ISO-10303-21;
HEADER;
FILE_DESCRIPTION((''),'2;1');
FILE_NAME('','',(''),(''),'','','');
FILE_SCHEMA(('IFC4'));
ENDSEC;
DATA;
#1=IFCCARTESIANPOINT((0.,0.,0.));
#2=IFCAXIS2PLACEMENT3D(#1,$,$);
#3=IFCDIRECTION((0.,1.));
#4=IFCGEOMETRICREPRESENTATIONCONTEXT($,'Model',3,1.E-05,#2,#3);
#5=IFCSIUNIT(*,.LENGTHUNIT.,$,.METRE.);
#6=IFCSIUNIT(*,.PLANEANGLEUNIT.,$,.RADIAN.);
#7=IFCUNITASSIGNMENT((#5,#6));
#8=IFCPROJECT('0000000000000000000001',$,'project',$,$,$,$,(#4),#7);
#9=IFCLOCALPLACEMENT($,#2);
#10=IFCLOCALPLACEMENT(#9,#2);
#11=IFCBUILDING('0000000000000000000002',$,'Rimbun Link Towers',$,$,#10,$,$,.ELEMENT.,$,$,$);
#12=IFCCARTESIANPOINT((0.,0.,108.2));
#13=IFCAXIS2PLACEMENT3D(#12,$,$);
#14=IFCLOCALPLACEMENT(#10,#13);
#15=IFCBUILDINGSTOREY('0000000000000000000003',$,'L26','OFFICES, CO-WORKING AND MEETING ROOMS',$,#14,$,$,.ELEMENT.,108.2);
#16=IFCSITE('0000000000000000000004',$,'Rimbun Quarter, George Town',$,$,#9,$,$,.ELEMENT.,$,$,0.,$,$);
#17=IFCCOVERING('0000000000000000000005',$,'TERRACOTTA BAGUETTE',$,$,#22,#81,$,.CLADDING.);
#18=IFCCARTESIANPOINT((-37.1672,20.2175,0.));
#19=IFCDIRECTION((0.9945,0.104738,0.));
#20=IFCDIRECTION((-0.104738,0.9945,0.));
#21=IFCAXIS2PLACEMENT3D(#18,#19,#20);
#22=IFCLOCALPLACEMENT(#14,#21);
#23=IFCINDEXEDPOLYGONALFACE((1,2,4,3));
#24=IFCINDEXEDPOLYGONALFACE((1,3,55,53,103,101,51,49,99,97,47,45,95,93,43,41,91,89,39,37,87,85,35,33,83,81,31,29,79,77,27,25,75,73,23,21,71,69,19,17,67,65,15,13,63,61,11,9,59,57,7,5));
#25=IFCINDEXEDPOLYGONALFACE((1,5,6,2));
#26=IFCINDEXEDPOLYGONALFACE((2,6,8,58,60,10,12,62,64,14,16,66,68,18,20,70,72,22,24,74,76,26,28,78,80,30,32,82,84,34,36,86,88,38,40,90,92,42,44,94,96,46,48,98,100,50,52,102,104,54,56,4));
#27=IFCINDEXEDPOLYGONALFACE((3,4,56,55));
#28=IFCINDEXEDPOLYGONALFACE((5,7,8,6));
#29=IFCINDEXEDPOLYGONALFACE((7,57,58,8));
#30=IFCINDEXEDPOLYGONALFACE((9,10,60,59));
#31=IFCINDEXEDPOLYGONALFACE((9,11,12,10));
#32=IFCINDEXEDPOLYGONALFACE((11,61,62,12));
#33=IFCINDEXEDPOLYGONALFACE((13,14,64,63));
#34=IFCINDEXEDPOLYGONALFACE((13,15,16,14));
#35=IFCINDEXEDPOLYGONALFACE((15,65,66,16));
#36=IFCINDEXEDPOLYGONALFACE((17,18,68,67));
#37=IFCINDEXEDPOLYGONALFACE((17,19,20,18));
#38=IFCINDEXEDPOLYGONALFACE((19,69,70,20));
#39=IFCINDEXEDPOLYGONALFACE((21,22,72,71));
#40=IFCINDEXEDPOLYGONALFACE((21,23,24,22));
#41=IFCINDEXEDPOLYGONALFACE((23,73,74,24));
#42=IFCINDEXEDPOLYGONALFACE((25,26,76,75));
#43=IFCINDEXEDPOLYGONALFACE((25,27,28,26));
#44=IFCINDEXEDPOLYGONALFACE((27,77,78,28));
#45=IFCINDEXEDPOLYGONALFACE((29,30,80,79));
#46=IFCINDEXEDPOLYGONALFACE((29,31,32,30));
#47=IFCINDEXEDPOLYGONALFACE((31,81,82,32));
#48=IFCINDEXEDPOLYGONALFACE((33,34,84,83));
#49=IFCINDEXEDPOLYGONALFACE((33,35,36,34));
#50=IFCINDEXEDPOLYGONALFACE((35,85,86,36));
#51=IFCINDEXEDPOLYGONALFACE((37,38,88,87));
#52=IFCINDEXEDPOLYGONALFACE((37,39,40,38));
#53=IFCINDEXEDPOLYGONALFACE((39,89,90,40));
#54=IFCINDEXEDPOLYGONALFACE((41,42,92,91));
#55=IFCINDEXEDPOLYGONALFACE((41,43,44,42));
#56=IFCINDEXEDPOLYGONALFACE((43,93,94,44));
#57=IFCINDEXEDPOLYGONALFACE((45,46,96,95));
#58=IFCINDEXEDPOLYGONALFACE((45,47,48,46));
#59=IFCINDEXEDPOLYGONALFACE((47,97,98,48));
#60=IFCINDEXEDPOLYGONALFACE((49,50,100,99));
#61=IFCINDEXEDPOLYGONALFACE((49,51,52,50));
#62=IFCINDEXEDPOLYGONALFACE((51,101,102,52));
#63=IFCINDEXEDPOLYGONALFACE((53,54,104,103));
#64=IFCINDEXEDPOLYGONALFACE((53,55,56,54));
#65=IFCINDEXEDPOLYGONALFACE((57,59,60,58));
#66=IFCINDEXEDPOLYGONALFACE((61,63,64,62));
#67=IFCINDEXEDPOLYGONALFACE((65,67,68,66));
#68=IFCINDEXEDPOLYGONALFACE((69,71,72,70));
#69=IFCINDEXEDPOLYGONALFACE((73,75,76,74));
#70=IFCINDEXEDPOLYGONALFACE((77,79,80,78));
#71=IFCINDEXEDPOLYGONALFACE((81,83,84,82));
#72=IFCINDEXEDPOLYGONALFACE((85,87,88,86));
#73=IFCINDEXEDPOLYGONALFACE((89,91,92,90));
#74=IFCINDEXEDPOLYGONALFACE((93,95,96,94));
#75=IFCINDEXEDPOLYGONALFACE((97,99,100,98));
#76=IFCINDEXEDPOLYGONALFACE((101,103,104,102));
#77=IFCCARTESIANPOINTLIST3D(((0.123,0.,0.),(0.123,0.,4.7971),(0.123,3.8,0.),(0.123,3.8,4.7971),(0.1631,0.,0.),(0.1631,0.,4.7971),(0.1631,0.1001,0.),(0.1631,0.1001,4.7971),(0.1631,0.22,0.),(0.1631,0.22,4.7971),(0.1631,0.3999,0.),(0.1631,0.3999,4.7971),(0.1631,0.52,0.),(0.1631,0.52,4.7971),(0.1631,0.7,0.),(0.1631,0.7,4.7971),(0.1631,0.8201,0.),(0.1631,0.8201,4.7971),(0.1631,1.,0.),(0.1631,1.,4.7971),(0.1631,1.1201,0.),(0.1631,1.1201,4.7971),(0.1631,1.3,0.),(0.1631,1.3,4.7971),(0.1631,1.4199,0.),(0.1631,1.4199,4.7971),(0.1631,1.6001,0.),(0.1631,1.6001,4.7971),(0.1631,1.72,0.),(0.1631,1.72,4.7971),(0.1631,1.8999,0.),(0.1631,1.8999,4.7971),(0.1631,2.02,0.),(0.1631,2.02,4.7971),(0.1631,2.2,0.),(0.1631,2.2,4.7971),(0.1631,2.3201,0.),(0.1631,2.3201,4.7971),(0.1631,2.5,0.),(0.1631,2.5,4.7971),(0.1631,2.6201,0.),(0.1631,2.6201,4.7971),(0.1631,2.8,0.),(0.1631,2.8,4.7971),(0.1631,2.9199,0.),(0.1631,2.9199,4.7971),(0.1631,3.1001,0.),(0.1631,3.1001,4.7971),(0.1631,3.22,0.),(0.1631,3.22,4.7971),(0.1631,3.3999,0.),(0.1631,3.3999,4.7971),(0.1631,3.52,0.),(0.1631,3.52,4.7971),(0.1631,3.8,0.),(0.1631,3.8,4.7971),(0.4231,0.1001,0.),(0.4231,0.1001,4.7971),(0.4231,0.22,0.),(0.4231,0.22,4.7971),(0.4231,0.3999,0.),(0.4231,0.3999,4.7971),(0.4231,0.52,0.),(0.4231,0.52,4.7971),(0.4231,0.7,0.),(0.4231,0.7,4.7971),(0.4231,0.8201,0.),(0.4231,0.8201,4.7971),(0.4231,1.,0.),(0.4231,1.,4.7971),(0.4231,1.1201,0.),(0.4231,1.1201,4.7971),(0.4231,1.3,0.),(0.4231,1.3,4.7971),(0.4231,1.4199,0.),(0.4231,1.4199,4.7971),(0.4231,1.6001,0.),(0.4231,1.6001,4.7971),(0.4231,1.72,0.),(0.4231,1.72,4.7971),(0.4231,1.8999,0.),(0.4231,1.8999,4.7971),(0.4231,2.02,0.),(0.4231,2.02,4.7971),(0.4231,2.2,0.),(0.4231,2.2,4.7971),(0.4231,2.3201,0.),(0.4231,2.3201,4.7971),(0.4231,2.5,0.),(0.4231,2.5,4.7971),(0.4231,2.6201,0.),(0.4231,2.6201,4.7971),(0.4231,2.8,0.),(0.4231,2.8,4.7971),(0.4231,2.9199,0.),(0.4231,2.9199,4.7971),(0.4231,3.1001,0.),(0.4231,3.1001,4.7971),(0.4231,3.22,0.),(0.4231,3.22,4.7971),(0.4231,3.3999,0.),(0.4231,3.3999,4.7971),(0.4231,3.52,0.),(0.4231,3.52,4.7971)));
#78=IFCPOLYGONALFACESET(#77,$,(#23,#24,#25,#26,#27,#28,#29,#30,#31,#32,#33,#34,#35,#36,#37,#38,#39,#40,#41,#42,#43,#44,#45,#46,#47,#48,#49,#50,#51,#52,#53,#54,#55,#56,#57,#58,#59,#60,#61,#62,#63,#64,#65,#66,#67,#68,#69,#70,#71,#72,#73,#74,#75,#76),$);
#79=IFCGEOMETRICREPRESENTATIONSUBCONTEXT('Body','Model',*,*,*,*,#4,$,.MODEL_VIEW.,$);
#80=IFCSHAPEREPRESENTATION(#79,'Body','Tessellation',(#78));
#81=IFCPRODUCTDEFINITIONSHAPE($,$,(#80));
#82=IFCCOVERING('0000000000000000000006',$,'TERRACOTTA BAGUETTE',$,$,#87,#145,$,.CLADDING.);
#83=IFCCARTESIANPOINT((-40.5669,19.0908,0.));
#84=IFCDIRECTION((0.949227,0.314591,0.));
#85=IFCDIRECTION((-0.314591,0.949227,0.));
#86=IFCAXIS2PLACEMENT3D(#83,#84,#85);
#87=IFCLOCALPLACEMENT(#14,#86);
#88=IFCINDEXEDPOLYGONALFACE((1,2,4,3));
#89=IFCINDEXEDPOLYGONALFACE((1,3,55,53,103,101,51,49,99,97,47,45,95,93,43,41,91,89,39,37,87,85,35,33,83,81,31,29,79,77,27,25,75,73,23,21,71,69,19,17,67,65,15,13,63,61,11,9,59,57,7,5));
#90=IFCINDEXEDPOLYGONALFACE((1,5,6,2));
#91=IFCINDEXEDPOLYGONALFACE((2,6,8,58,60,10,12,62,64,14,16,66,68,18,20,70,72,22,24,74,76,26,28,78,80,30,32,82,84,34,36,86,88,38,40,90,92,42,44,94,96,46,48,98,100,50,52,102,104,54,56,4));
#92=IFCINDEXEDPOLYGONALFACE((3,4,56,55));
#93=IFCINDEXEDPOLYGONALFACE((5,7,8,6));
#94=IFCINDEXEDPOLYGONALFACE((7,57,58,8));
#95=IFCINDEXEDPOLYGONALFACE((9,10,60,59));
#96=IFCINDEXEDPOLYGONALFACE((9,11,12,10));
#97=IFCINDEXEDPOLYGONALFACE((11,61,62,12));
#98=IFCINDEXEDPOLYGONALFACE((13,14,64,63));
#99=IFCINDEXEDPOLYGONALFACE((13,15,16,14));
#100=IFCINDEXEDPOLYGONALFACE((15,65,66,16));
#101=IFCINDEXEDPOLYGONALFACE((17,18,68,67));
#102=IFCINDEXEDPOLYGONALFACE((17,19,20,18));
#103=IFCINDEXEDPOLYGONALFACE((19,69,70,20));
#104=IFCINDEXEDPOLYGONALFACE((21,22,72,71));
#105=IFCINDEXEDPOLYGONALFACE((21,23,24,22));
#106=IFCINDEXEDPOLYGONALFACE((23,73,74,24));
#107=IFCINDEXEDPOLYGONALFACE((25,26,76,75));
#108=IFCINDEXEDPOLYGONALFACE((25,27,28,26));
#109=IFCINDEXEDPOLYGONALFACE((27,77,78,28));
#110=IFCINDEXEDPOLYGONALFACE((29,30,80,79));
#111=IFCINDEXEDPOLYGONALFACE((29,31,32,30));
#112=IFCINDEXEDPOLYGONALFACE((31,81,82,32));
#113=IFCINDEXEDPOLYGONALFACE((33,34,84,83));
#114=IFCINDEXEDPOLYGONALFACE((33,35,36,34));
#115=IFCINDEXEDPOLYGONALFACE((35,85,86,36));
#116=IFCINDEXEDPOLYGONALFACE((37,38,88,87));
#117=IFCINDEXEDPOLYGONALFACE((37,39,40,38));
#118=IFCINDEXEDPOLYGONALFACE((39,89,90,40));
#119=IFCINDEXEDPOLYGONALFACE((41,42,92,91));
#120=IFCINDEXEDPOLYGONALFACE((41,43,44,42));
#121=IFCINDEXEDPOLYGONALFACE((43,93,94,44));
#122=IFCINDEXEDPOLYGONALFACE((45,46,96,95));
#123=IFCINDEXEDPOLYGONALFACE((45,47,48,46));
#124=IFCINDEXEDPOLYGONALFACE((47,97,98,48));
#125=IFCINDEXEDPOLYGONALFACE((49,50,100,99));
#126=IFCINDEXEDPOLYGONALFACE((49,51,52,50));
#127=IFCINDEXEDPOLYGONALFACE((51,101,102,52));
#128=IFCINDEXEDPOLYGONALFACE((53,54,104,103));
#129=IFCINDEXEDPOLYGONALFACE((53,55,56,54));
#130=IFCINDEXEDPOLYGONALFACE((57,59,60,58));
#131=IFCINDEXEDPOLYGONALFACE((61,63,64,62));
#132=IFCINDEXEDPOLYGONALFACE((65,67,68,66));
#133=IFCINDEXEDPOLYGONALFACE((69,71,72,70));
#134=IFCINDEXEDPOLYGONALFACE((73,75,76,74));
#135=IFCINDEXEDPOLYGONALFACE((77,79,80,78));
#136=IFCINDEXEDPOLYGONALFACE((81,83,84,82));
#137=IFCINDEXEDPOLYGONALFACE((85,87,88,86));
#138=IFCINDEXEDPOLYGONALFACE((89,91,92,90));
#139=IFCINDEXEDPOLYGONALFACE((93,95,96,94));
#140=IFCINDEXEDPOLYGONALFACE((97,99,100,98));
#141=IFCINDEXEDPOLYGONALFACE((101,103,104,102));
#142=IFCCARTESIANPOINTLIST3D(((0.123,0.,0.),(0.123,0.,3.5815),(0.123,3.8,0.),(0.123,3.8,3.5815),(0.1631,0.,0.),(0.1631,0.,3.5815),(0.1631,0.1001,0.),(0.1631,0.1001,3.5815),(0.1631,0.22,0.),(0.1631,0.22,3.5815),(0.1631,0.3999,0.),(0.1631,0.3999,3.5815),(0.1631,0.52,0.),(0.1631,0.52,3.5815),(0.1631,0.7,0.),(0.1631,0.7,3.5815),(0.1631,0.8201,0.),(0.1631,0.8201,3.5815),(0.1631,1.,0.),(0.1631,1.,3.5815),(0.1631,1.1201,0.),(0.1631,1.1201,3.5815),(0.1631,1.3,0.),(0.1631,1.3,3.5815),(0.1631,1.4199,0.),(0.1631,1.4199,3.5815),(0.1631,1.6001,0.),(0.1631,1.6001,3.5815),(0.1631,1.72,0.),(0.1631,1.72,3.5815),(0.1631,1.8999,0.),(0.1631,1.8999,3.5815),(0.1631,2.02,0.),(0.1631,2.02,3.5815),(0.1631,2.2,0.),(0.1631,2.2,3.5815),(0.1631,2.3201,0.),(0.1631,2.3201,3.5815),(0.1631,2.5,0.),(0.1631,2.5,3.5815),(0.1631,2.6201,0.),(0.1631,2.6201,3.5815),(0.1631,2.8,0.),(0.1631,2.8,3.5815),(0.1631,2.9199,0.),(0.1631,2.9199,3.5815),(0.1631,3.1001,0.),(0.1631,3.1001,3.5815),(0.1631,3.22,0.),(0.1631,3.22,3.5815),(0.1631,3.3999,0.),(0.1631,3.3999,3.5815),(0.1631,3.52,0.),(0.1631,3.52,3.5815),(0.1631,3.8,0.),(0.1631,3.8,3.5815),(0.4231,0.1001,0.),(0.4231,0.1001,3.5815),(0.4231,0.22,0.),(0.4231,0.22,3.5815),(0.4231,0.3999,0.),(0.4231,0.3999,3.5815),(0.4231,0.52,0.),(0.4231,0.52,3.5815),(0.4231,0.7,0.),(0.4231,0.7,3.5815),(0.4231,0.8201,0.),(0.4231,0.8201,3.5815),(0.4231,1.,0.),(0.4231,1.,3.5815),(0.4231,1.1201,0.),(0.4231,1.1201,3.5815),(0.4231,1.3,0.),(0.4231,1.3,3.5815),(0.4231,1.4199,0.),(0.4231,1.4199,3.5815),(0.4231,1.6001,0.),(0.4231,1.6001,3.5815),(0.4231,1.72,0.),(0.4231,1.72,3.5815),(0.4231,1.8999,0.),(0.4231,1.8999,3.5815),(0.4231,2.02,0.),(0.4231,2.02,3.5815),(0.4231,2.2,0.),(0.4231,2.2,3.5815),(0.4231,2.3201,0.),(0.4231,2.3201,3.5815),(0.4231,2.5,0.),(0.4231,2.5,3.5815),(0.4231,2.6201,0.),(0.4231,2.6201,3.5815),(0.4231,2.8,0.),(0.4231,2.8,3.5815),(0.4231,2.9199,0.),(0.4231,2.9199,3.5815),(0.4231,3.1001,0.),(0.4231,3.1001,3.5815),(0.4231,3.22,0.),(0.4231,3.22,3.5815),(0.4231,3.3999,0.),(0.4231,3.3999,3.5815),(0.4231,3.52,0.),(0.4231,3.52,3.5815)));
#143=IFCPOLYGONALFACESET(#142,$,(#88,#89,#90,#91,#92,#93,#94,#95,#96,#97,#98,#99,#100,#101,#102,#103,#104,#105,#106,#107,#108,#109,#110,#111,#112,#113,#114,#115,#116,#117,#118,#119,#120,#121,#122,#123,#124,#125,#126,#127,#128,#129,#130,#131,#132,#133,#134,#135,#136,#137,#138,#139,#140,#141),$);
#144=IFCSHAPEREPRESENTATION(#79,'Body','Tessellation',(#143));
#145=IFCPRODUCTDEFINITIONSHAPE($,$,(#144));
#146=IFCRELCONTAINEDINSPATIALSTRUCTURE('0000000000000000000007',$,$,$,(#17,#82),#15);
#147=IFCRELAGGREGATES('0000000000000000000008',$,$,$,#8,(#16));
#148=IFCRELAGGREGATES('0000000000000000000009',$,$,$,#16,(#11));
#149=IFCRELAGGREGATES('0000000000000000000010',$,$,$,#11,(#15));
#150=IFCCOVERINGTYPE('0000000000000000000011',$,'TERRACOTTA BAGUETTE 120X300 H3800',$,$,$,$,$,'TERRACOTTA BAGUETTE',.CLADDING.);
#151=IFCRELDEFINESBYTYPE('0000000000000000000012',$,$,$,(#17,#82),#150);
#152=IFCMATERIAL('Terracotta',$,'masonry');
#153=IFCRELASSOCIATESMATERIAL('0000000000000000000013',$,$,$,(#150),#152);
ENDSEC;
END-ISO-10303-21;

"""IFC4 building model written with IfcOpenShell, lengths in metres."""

from ifc_helpers import new_model, si_unit, direction, frame, origin, place, context, subcontext, project, spatial, polyline, outline, extrude, material, material_profile, profile_set, type_object, element, save


model = new_model("IFC4")

# Units and contexts
model_context = context("Model", 3, precision=1e-05, world=origin(), true_north=direction((0.0, 1.0)))
body_context = subcontext(model_context, "Body", "Model", "MODEL_VIEW")
ifc_project = project(units=[si_unit("LENGTHUNIT", "METRE"), si_unit("PLANEANGLEUNIT", "RADIAN")], contexts=[model_context])

# Site, building, storey
site_placement = place(None, origin())
site = spatial("IfcSite", under=ifc_project, at=site_placement, Name="Rimbun Quarter, George Town", CompositionType="ELEMENT", RefElevation=0.0)
building_placement = place(site_placement, origin())
building = spatial("IfcBuilding", under=site, at=building_placement, Name="Rimbun Link Towers", CompositionType="ELEMENT")
storey_placement = place(building_placement, frame((0.0, 0.0, 108.2)))
storey = spatial("IfcBuildingStorey", under=building, at=storey_placement, Name="L26", Description="OFFICES, CO-WORKING AND MEETING ROOMS", CompositionType="ELEMENT", Elevation=108.2)

# Coverings
ifc_material_1 = material(Name="Terracotta", Category="masonry")
ifc_material_profile_1 = material_profile(ifc_material_1, outline(polyline([(0.123, 0.0), (0.1631, 0.0), (0.1631, 0.1001), (0.4231, 0.1001), (0.4231, 0.22), (0.1631, 0.22), (0.1631, 0.3999), (0.4231, 0.3999), (0.4231, 0.52), (0.1631, 0.52), (0.1631, 0.7), (0.4231, 0.7), (0.4231, 0.8201), (0.1631, 0.8201), (0.1631, 1.0), (0.4231, 1.0), (0.4231, 1.1201), (0.1631, 1.1201), (0.1631, 1.3), (0.4231, 1.3), (0.4231, 1.4199), (0.1631, 1.4199), (0.1631, 1.6001), (0.4231, 1.6001), (0.4231, 1.72), (0.1631, 1.72), (0.1631, 1.8999), (0.4231, 1.8999), (0.4231, 2.02), (0.1631, 2.02), (0.1631, 2.2), (0.4231, 2.2), (0.4231, 2.3201), (0.1631, 2.3201), (0.1631, 2.5), (0.4231, 2.5), (0.4231, 2.6201), (0.1631, 2.6201), (0.1631, 2.8), (0.4231, 2.8), (0.4231, 2.9199), (0.1631, 2.9199), (0.1631, 3.1001), (0.4231, 3.1001), (0.4231, 3.22), (0.1631, 3.22), (0.1631, 3.3999), (0.4231, 3.3999), (0.4231, 3.52), (0.1631, 3.52), (0.1631, 3.8), (0.123, 3.8), (0.123, 0.0)])), Name="BAGUETTE 120X300")
ifc_profile_set_1 = profile_set([ifc_material_profile_1], Name="Terracotta")
covering_type = type_object("IfcCoveringType", Name="TERRACOTTA BAGUETTE 120X300 H3800", ElementType="TERRACOTTA BAGUETTE", PredefinedType="CLADDING", material=ifc_profile_set_1)
covering_1_placement = place(storey_placement, frame((-37.1672, 20.2175, 0.0), z_axis=(0.9945, 0.104738, 0.0), x_axis=(-0.104738, 0.9945, 0.0)))
element("IfcCovering", 1, at=covering_1_placement, inside=storey, type_object=covering_type, Name="TERRACOTTA BAGUETTE", PredefinedType="CLADDING", context=body_context, shape_type="SweptSolid", body=[
    extrude(outline(polyline([(0.123, 0.0), (0.1631, 0.0), (0.1631, 0.1001), (0.4231, 0.1001), (0.4231, 0.22), (0.1631, 0.22), (0.1631, 0.3999), (0.4231, 0.3999), (0.4231, 0.52), (0.1631, 0.52), (0.1631, 0.7), (0.4231, 0.7), (0.4231, 0.8201), (0.1631, 0.8201), (0.1631, 1.0), (0.4231, 1.0), (0.4231, 1.1201), (0.1631, 1.1201), (0.1631, 1.3), (0.4231, 1.3), (0.4231, 1.4199), (0.1631, 1.4199), (0.1631, 1.6001), (0.4231, 1.6001), (0.4231, 1.72), (0.1631, 1.72), (0.1631, 1.8999), (0.4231, 1.8999), (0.4231, 2.02), (0.1631, 2.02), (0.1631, 2.2), (0.4231, 2.2), (0.4231, 2.3201), (0.1631, 2.3201), (0.1631, 2.5), (0.4231, 2.5), (0.4231, 2.6201), (0.1631, 2.6201), (0.1631, 2.8), (0.4231, 2.8), (0.4231, 2.9199), (0.1631, 2.9199), (0.1631, 3.1001), (0.4231, 3.1001), (0.4231, 3.22), (0.1631, 3.22), (0.1631, 3.3999), (0.4231, 3.3999), (0.4231, 3.52), (0.1631, 3.52), (0.1631, 3.8), (0.123, 3.8), (0.123, 0.0)])), origin(), (0.0, 0.0, 1.0), 4.7971),
])
covering_2_placement = place(storey_placement, frame((-40.5669, 19.0908, 0.0), z_axis=(0.949227, 0.314591, 0.0), x_axis=(-0.314591, 0.949227, 0.0)))
element("IfcCovering", 2, at=covering_2_placement, inside=storey, type_object=covering_type, Name="TERRACOTTA BAGUETTE", PredefinedType="CLADDING", context=body_context, shape_type="SweptSolid", body=[
    extrude(outline(polyline([(0.123, 0.0), (0.1631, 0.0), (0.1631, 0.1001), (0.4231, 0.1001), (0.4231, 0.22), (0.1631, 0.22), (0.1631, 0.3999), (0.4231, 0.3999), (0.4231, 0.52), (0.1631, 0.52), (0.1631, 0.7), (0.4231, 0.7), (0.4231, 0.8201), (0.1631, 0.8201), (0.1631, 1.0), (0.4231, 1.0), (0.4231, 1.1201), (0.1631, 1.1201), (0.1631, 1.3), (0.4231, 1.3), (0.4231, 1.4199), (0.1631, 1.4199), (0.1631, 1.6001), (0.4231, 1.6001), (0.4231, 1.72), (0.1631, 1.72), (0.1631, 1.8999), (0.4231, 1.8999), (0.4231, 2.02), (0.1631, 2.02), (0.1631, 2.2), (0.4231, 2.2), (0.4231, 2.3201), (0.1631, 2.3201), (0.1631, 2.5), (0.4231, 2.5), (0.4231, 2.6201), (0.1631, 2.6201), (0.1631, 2.8), (0.4231, 2.8), (0.4231, 2.9199), (0.1631, 2.9199), (0.1631, 3.1001), (0.4231, 3.1001), (0.4231, 3.22), (0.1631, 3.22), (0.1631, 3.3999), (0.4231, 3.3999), (0.4231, 3.52), (0.1631, 3.52), (0.1631, 3.8), (0.123, 3.8), (0.123, 0.0)])), origin(), (0.0, 0.0, 1.0), 3.5815),
])

save(model, "model.ifc")
